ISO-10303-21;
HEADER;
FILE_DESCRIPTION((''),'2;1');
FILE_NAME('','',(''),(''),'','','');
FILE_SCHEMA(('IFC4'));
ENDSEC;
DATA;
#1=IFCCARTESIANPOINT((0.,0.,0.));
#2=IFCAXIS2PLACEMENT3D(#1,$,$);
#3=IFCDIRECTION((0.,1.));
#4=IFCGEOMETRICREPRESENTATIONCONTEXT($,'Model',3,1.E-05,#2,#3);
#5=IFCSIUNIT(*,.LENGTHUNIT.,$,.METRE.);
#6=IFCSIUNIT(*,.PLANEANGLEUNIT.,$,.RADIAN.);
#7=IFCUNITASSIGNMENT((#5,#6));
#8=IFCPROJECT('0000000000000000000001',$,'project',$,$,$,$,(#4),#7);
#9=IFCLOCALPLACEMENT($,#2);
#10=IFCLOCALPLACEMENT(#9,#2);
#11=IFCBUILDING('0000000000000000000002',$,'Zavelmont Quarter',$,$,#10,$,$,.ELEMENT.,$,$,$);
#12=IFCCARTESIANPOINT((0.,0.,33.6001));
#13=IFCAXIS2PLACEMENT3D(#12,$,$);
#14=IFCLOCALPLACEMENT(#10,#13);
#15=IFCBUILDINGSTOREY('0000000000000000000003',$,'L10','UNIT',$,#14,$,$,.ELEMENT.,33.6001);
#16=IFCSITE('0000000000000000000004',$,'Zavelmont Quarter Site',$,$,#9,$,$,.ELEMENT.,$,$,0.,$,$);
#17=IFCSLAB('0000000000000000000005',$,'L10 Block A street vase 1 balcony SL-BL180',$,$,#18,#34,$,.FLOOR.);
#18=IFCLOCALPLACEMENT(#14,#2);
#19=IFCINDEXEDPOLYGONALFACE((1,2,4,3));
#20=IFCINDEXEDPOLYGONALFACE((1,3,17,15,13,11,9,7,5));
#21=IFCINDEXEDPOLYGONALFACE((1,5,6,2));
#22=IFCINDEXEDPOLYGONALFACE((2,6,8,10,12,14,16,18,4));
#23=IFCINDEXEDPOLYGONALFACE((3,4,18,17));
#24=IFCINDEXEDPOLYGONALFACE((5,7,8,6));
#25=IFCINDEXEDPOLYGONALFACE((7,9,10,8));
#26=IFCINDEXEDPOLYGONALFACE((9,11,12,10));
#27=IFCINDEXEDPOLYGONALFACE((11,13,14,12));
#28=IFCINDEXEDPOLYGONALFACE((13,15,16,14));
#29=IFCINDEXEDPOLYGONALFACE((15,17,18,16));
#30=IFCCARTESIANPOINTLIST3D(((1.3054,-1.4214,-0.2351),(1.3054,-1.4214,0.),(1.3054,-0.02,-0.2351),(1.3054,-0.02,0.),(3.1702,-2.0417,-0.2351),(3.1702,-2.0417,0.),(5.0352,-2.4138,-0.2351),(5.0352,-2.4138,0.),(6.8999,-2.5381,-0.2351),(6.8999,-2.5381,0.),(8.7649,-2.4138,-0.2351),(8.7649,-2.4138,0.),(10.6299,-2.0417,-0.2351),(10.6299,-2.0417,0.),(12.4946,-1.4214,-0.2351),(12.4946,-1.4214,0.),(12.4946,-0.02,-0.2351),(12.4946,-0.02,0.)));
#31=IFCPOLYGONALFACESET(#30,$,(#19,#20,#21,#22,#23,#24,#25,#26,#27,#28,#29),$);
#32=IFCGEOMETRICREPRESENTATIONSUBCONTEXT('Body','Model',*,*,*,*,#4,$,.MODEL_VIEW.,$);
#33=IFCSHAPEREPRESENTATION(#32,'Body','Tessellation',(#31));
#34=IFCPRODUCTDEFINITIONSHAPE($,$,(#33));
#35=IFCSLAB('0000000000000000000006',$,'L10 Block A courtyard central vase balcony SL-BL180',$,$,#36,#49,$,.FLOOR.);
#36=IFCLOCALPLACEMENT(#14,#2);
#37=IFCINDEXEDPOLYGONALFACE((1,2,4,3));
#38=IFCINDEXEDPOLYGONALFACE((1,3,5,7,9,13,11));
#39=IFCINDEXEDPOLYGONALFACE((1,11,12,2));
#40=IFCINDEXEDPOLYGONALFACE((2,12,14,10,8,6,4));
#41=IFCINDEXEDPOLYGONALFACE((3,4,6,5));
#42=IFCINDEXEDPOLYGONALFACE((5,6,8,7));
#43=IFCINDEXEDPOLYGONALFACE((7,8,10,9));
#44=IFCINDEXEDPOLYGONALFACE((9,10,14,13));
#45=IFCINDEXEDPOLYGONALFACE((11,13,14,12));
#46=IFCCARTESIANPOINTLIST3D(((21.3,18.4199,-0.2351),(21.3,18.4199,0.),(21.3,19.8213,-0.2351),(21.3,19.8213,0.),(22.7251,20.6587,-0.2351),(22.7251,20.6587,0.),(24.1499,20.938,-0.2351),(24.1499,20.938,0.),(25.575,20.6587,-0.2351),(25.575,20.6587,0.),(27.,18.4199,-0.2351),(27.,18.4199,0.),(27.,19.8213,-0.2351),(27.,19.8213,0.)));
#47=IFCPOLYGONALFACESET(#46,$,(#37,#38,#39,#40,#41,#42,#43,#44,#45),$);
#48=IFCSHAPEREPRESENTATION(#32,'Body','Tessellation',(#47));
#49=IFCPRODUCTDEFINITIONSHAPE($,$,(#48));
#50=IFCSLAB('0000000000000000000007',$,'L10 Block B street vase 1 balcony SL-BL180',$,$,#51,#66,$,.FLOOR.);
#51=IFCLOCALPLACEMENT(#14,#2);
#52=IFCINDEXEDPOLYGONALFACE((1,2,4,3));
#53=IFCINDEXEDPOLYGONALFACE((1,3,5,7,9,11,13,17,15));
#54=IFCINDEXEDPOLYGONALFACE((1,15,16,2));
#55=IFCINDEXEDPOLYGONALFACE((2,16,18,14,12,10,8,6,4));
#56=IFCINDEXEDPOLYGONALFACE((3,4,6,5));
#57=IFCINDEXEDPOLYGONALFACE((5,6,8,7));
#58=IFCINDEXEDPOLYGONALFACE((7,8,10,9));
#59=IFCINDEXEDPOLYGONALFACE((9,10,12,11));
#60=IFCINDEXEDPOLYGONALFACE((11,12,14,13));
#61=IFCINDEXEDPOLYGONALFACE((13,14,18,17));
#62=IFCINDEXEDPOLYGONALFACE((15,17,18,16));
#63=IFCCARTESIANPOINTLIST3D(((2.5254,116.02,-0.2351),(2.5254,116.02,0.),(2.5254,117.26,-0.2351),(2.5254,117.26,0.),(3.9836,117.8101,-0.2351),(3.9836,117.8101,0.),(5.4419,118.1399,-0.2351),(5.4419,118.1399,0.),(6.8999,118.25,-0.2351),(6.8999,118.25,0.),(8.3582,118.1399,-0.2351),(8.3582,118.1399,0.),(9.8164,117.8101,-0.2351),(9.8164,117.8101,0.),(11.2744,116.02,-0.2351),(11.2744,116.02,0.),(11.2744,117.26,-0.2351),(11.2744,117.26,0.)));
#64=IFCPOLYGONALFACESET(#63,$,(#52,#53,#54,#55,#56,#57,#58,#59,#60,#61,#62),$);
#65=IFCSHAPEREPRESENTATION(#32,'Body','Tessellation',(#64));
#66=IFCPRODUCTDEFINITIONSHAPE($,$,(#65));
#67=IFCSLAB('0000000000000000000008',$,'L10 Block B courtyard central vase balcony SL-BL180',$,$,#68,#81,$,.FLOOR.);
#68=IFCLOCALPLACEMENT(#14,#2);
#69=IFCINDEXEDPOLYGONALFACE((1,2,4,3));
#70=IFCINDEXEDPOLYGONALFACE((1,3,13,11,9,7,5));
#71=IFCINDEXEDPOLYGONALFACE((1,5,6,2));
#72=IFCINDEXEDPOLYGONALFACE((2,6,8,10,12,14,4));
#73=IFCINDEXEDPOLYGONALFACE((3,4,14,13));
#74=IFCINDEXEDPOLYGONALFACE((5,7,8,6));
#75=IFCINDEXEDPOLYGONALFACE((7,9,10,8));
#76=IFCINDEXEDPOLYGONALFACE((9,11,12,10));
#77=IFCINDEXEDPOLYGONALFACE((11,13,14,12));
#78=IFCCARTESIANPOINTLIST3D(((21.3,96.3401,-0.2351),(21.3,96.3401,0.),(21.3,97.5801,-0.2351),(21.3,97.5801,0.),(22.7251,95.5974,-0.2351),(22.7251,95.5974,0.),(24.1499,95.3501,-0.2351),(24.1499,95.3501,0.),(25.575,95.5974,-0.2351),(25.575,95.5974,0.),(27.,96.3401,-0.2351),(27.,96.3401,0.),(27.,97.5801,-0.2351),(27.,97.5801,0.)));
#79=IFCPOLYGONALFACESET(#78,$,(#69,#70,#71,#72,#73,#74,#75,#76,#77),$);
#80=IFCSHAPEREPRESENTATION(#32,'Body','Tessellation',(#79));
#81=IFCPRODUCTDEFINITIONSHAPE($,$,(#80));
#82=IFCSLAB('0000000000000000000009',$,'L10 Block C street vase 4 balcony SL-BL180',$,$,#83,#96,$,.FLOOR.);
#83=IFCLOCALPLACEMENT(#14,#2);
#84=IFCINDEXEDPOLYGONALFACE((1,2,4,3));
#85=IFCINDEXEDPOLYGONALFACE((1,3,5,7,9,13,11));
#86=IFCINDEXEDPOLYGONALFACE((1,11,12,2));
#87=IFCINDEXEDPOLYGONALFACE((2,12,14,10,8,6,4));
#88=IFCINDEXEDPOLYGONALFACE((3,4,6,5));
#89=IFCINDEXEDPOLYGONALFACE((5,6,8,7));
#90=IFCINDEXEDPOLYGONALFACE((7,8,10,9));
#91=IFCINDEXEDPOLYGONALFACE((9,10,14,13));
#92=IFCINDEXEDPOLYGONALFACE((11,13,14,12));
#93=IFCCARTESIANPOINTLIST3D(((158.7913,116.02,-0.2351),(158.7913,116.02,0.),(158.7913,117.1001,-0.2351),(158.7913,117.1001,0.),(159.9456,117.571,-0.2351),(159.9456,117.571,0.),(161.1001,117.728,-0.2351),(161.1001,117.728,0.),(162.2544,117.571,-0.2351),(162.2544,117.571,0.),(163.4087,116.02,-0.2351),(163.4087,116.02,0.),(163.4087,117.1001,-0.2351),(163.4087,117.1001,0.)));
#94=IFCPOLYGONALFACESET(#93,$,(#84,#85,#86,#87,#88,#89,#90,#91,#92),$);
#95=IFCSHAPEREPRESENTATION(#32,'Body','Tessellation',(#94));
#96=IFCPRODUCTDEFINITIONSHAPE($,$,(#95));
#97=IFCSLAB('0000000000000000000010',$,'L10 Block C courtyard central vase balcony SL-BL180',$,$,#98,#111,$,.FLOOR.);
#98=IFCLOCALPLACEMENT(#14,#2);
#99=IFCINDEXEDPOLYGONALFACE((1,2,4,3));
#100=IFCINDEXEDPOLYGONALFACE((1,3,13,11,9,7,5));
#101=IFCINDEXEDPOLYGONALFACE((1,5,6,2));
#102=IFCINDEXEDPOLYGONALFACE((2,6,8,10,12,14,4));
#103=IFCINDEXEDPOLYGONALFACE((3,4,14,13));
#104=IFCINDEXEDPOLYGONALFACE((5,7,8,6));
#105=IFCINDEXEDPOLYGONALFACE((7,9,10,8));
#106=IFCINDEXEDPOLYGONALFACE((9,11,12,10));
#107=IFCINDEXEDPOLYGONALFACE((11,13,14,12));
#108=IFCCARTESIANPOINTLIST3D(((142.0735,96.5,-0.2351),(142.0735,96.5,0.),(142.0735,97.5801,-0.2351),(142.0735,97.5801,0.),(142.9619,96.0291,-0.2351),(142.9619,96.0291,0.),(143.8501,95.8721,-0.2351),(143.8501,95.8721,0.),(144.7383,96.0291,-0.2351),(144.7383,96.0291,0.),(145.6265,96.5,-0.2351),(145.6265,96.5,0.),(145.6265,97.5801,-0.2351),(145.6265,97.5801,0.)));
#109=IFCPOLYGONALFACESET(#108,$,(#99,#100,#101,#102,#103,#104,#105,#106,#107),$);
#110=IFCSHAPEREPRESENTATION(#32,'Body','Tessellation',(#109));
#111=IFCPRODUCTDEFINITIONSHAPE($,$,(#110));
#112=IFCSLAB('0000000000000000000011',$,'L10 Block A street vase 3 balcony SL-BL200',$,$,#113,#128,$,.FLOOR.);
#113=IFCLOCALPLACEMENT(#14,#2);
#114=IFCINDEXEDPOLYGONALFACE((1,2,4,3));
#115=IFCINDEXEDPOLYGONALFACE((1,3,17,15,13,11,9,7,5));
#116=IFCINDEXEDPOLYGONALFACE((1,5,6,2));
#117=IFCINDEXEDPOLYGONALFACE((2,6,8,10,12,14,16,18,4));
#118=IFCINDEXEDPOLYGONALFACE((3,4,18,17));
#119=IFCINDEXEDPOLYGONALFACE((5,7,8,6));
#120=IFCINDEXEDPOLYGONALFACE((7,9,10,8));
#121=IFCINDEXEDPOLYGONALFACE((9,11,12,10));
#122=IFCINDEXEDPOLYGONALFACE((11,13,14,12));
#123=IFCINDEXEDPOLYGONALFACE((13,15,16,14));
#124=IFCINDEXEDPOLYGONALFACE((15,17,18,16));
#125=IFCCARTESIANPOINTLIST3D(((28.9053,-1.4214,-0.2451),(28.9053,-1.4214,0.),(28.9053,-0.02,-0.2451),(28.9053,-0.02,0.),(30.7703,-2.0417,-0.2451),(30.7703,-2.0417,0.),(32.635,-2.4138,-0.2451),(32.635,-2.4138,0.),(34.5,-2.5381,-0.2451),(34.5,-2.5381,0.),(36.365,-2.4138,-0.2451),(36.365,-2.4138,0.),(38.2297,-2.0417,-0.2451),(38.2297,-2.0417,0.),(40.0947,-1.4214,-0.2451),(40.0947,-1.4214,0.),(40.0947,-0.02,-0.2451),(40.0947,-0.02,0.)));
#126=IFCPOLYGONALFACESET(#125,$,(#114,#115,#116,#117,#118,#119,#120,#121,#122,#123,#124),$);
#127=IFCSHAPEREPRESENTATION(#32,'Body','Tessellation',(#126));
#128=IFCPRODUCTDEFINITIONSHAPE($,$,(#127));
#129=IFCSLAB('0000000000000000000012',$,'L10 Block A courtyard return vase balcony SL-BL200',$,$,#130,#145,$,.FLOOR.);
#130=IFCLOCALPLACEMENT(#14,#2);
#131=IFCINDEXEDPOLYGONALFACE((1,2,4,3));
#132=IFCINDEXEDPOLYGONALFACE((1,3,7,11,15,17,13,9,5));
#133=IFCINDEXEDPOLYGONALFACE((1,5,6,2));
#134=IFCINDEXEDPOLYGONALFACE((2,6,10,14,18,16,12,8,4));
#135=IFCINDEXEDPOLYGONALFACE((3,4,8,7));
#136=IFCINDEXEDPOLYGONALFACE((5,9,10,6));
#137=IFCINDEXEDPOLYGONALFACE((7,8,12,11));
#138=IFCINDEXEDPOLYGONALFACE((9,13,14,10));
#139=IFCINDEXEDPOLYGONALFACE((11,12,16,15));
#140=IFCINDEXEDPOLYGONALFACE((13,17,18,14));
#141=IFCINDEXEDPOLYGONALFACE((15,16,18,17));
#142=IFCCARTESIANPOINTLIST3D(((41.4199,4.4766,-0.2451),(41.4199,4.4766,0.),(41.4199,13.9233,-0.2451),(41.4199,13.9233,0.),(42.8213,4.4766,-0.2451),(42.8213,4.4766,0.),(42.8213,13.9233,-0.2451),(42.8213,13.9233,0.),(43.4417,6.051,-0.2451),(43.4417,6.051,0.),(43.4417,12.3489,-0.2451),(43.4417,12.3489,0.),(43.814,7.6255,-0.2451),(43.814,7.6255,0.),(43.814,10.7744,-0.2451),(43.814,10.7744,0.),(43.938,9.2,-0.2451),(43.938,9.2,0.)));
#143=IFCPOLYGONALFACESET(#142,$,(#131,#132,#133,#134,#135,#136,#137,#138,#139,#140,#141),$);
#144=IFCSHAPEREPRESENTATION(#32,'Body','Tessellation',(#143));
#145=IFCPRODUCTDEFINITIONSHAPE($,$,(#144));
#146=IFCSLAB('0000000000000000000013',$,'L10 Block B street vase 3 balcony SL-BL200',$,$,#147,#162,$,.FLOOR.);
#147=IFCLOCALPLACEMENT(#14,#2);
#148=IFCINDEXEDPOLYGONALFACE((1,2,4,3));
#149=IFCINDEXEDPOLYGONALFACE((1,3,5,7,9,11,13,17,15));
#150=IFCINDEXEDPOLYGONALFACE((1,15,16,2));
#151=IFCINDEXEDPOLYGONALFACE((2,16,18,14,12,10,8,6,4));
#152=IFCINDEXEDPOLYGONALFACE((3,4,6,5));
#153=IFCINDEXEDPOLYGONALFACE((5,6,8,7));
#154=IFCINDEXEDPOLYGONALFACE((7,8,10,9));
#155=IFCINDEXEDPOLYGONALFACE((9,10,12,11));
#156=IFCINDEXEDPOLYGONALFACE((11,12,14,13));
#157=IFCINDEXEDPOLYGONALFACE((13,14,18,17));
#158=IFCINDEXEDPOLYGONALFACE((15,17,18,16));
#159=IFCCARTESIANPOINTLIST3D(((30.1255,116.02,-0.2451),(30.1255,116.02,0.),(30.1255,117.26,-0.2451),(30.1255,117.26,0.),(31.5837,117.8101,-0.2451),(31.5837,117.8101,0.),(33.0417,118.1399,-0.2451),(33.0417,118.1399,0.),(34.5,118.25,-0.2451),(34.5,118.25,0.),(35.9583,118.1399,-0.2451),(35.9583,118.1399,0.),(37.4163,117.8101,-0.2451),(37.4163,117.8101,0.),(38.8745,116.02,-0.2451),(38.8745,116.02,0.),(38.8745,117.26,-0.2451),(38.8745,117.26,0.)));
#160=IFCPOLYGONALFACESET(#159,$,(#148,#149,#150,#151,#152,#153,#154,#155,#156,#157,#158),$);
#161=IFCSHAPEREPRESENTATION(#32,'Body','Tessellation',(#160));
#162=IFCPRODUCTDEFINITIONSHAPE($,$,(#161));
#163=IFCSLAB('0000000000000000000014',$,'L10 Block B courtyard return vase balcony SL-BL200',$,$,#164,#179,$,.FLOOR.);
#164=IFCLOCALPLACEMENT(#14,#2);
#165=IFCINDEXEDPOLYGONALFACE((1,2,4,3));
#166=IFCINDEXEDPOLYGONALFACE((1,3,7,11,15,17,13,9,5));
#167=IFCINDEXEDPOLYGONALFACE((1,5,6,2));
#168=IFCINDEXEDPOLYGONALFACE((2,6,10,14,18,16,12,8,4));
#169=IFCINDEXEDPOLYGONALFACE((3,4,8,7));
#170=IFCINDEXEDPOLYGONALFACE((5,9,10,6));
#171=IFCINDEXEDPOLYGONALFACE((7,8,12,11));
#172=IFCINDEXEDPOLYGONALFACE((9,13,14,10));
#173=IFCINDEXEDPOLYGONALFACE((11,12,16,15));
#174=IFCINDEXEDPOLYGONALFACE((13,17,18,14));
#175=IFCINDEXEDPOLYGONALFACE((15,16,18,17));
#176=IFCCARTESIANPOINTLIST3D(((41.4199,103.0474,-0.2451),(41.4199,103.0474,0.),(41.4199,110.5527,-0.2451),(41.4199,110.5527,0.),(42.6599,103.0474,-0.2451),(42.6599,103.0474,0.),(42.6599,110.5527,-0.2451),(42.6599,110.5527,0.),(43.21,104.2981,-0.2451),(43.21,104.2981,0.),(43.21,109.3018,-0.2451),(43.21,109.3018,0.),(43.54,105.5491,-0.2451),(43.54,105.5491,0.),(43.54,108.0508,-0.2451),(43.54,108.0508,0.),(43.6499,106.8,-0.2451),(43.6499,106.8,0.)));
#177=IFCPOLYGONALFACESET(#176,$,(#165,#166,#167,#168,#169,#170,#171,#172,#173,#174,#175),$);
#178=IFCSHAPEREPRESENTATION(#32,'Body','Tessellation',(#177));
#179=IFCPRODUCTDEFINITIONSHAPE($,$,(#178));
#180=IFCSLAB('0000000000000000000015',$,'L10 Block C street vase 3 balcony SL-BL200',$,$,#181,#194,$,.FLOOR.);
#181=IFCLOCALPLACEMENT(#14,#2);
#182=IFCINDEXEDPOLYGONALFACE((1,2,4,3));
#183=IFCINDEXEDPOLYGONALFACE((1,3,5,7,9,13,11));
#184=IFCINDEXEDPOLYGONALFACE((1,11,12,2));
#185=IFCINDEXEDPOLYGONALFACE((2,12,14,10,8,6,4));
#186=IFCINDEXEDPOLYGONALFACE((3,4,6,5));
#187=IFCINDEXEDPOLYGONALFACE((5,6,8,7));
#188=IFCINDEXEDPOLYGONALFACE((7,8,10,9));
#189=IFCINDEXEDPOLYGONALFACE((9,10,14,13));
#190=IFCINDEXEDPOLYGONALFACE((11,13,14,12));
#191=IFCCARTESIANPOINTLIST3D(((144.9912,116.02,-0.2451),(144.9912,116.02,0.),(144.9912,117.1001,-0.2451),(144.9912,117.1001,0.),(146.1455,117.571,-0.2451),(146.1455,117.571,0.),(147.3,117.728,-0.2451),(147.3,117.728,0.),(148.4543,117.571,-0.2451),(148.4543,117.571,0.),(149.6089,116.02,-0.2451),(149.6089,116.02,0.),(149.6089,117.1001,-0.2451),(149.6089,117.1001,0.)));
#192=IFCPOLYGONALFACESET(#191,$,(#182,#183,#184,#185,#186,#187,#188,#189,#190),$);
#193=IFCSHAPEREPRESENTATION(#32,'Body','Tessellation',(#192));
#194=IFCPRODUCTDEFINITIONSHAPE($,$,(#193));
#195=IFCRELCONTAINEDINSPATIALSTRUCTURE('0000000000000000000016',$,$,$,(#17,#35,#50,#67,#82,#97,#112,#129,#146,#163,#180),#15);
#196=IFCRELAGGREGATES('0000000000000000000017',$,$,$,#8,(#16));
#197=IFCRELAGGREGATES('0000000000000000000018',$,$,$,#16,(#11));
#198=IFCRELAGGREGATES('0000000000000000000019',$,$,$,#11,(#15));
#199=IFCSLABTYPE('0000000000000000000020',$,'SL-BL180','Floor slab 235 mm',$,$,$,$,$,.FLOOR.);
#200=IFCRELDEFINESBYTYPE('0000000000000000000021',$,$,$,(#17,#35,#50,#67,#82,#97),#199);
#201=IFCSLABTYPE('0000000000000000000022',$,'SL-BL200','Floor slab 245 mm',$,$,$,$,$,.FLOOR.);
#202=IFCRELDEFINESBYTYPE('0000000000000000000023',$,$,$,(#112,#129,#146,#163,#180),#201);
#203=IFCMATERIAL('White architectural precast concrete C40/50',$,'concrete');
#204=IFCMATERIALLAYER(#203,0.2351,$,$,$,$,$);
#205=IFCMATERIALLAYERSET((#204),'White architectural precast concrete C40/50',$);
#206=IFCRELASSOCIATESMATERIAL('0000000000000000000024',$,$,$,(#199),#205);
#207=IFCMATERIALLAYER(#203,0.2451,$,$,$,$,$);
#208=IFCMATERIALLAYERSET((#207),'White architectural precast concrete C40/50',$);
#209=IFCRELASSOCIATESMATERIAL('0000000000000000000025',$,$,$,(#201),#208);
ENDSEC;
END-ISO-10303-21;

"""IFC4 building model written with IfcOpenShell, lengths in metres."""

from ifc_helpers import new_model, si_unit, direction, frame, origin, place, context, subcontext, project, spatial, polyline, outline, extrude, material, layer, layer_set, type_object, element, save


model = new_model("IFC4")

# Units and contexts
model_context = context("Model", 3, precision=1e-05, world=origin(), true_north=direction((0.0, 1.0)))
body_context = subcontext(model_context, "Body", "Model", "MODEL_VIEW")
ifc_project = project(units=[si_unit("LENGTHUNIT", "METRE"), si_unit("PLANEANGLEUNIT", "RADIAN")], contexts=[model_context])

# Site, building, storey
site_placement = place(None, origin())
site = spatial("IfcSite", under=ifc_project, at=site_placement, Name="Zavelmont Quarter Site", CompositionType="ELEMENT", RefElevation=0.0)
building_placement = place(site_placement, origin())
building = spatial("IfcBuilding", under=site, at=building_placement, Name="Zavelmont Quarter", CompositionType="ELEMENT")
storey_placement = place(building_placement, frame((0.0, 0.0, 33.6001)))
storey = spatial("IfcBuildingStorey", under=building, at=storey_placement, Name="L10", Description="UNIT", CompositionType="ELEMENT", Elevation=33.6001)

# Slabs
ifc_material_1 = material(Name="White architectural precast concrete C40/50", Category="concrete")
ifc_layer_1 = layer(ifc_material_1, 0.2351)
ifc_layer_set_1 = layer_set([ifc_layer_1], Name="White architectural precast concrete C40/50")
slab_type_1 = type_object("IfcSlabType", Name="SL-BL180", Description="Floor slab 235 mm", PredefinedType="FLOOR", material=ifc_layer_set_1)
slab_1_placement = place(storey_placement, frame((0.0, 0.0, -0.2351)))
element("IfcSlab", 1, at=slab_1_placement, inside=storey, type_object=slab_type_1, Name="L10 Block A street vase 1 balcony SL-BL180", PredefinedType="FLOOR", context=body_context, shape_type="SweptSolid", body=[
    extrude(outline(polyline([(1.3054, -0.02), (1.3054, -1.4214), (3.1702, -2.0417), (5.0352, -2.4138), (6.8999, -2.5381), (8.7649, -2.4138), (10.6299, -2.0417), (12.4946, -1.4214), (12.4946, -0.02), (1.3054, -0.02)])), origin(), (0.0, 0.0, 1.0), 0.2351),
])
slab_2_placement = place(storey_placement, frame((0.0, 0.0, -0.2351)))
element("IfcSlab", 2, at=slab_2_placement, inside=storey, type_object=slab_type_1, Name="L10 Block A courtyard central vase balcony SL-BL180", PredefinedType="FLOOR", context=body_context, shape_type="SweptSolid", body=[
    extrude(outline(polyline([(27.0, 18.4199), (27.0, 19.8213), (25.575, 20.6587), (24.1499, 20.938), (22.7251, 20.6587), (21.3, 19.8213), (21.3, 18.4199), (27.0, 18.4199)])), origin(), (0.0, 0.0, 1.0), 0.2351),
])
slab_3_placement = place(storey_placement, frame((0.0, 0.0, -0.2351)))
element("IfcSlab", 3, at=slab_3_placement, inside=storey, type_object=slab_type_1, Name="L10 Block B street vase 1 balcony SL-BL180", PredefinedType="FLOOR", context=body_context, shape_type="SweptSolid", body=[
    extrude(outline(polyline([(11.2744, 116.02), (11.2744, 117.26), (9.8164, 117.8101), (8.3582, 118.1399), (6.8999, 118.25), (5.4419, 118.1399), (3.9836, 117.8101), (2.5254, 117.26), (2.5254, 116.02), (11.2744, 116.02)])), origin(), (0.0, 0.0, 1.0), 0.2351),
])
slab_4_placement = place(storey_placement, frame((0.0, 0.0, -0.2351)))
element("IfcSlab", 4, at=slab_4_placement, inside=storey, type_object=slab_type_1, Name="L10 Block B courtyard central vase balcony SL-BL180", PredefinedType="FLOOR", context=body_context, shape_type="SweptSolid", body=[
    extrude(outline(polyline([(21.3, 97.5801), (21.3, 96.3401), (22.7251, 95.5974), (24.1499, 95.3501), (25.575, 95.5974), (27.0, 96.3401), (27.0, 97.5801), (21.3, 97.5801)])), origin(), (0.0, 0.0, 1.0), 0.2351),
])
slab_5_placement = place(storey_placement, frame((0.0, 0.0, -0.2351)))
element("IfcSlab", 5, at=slab_5_placement, inside=storey, type_object=slab_type_1, Name="L10 Block C street vase 4 balcony SL-BL180", PredefinedType="FLOOR", context=body_context, shape_type="SweptSolid", body=[
    extrude(outline(polyline([(163.4087, 116.02), (163.4087, 117.1001), (162.2544, 117.571), (161.1001, 117.728), (159.9456, 117.571), (158.7913, 117.1001), (158.7913, 116.02), (163.4087, 116.02)])), origin(), (0.0, 0.0, 1.0), 0.2351),
])
slab_6_placement = place(storey_placement, frame((0.0, 0.0, -0.2351)))
element("IfcSlab", 6, at=slab_6_placement, inside=storey, type_object=slab_type_1, Name="L10 Block C courtyard central vase balcony SL-BL180", PredefinedType="FLOOR", context=body_context, shape_type="SweptSolid", body=[
    extrude(outline(polyline([(142.0735, 97.5801), (142.0735, 96.5), (142.9619, 96.0291), (143.8501, 95.8721), (144.7383, 96.0291), (145.6265, 96.5), (145.6265, 97.5801), (142.0735, 97.5801)])), origin(), (0.0, 0.0, 1.0), 0.2351),
])
ifc_layer_2 = layer(ifc_material_1, 0.2451)
ifc_layer_set_2 = layer_set([ifc_layer_2], Name="White architectural precast concrete C40/50")
slab_type_2 = type_object("IfcSlabType", Name="SL-BL200", Description="Floor slab 245 mm", PredefinedType="FLOOR", material=ifc_layer_set_2)
slab_7_placement = place(storey_placement, frame((0.0, 0.0, -0.2451)))
element("IfcSlab", 7, at=slab_7_placement, inside=storey, type_object=slab_type_2, Name="L10 Block A street vase 3 balcony SL-BL200", PredefinedType="FLOOR", context=body_context, shape_type="SweptSolid", body=[
    extrude(outline(polyline([(28.9053, -0.02), (28.9053, -1.4214), (30.7703, -2.0417), (32.635, -2.4138), (34.5, -2.5381), (36.365, -2.4138), (38.2297, -2.0417), (40.0947, -1.4214), (40.0947, -0.02), (28.9053, -0.02)])), origin(), (0.0, 0.0, 1.0), 0.2451),
])
slab_8_placement = place(storey_placement, frame((0.0, 0.0, -0.2451)))
element("IfcSlab", 8, at=slab_8_placement, inside=storey, type_object=slab_type_2, Name="L10 Block A courtyard return vase balcony SL-BL200", PredefinedType="FLOOR", context=body_context, shape_type="SweptSolid", body=[
    extrude(outline(polyline([(41.4199, 4.4766), (42.8213, 4.4766), (43.4417, 6.051), (43.814, 7.6255), (43.938, 9.2), (43.814, 10.7744), (43.4417, 12.3489), (42.8213, 13.9233), (41.4199, 13.9233), (41.4199, 4.4766)])), origin(), (0.0, 0.0, 1.0), 0.2451),
])
slab_9_placement = place(storey_placement, frame((0.0, 0.0, -0.2451)))
element("IfcSlab", 9, at=slab_9_placement, inside=storey, type_object=slab_type_2, Name="L10 Block B street vase 3 balcony SL-BL200", PredefinedType="FLOOR", context=body_context, shape_type="SweptSolid", body=[
    extrude(outline(polyline([(38.8745, 116.02), (38.8745, 117.26), (37.4163, 117.8101), (35.9583, 118.1399), (34.5, 118.25), (33.0417, 118.1399), (31.5837, 117.8101), (30.1255, 117.26), (30.1255, 116.02), (38.8745, 116.02)])), origin(), (0.0, 0.0, 1.0), 0.2451),
])
slab_10_placement = place(storey_placement, frame((0.0, 0.0, -0.2451)))
element("IfcSlab", 10, at=slab_10_placement, inside=storey, type_object=slab_type_2, Name="L10 Block B courtyard return vase balcony SL-BL200", PredefinedType="FLOOR", context=body_context, shape_type="SweptSolid", body=[
    extrude(outline(polyline([(41.4199, 103.0474), (42.6599, 103.0474), (43.21, 104.2981), (43.54, 105.5491), (43.6499, 106.8), (43.54, 108.0508), (43.21, 109.3018), (42.6599, 110.5527), (41.4199, 110.5527), (41.4199, 103.0474)])), origin(), (0.0, 0.0, 1.0), 0.2451),
])
slab_11_placement = place(storey_placement, frame((0.0, 0.0, -0.2451)))
element("IfcSlab", 11, at=slab_11_placement, inside=storey, type_object=slab_type_2, Name="L10 Block C street vase 3 balcony SL-BL200", PredefinedType="FLOOR", context=body_context, shape_type="SweptSolid", body=[
    extrude(outline(polyline([(149.6089, 116.02), (149.6089, 117.1001), (148.4543, 117.571), (147.3, 117.728), (146.1455, 117.571), (144.9912, 117.1001), (144.9912, 116.02), (149.6089, 116.02)])), origin(), (0.0, 0.0, 1.0), 0.2451),
])

save(model, "model.ifc")
